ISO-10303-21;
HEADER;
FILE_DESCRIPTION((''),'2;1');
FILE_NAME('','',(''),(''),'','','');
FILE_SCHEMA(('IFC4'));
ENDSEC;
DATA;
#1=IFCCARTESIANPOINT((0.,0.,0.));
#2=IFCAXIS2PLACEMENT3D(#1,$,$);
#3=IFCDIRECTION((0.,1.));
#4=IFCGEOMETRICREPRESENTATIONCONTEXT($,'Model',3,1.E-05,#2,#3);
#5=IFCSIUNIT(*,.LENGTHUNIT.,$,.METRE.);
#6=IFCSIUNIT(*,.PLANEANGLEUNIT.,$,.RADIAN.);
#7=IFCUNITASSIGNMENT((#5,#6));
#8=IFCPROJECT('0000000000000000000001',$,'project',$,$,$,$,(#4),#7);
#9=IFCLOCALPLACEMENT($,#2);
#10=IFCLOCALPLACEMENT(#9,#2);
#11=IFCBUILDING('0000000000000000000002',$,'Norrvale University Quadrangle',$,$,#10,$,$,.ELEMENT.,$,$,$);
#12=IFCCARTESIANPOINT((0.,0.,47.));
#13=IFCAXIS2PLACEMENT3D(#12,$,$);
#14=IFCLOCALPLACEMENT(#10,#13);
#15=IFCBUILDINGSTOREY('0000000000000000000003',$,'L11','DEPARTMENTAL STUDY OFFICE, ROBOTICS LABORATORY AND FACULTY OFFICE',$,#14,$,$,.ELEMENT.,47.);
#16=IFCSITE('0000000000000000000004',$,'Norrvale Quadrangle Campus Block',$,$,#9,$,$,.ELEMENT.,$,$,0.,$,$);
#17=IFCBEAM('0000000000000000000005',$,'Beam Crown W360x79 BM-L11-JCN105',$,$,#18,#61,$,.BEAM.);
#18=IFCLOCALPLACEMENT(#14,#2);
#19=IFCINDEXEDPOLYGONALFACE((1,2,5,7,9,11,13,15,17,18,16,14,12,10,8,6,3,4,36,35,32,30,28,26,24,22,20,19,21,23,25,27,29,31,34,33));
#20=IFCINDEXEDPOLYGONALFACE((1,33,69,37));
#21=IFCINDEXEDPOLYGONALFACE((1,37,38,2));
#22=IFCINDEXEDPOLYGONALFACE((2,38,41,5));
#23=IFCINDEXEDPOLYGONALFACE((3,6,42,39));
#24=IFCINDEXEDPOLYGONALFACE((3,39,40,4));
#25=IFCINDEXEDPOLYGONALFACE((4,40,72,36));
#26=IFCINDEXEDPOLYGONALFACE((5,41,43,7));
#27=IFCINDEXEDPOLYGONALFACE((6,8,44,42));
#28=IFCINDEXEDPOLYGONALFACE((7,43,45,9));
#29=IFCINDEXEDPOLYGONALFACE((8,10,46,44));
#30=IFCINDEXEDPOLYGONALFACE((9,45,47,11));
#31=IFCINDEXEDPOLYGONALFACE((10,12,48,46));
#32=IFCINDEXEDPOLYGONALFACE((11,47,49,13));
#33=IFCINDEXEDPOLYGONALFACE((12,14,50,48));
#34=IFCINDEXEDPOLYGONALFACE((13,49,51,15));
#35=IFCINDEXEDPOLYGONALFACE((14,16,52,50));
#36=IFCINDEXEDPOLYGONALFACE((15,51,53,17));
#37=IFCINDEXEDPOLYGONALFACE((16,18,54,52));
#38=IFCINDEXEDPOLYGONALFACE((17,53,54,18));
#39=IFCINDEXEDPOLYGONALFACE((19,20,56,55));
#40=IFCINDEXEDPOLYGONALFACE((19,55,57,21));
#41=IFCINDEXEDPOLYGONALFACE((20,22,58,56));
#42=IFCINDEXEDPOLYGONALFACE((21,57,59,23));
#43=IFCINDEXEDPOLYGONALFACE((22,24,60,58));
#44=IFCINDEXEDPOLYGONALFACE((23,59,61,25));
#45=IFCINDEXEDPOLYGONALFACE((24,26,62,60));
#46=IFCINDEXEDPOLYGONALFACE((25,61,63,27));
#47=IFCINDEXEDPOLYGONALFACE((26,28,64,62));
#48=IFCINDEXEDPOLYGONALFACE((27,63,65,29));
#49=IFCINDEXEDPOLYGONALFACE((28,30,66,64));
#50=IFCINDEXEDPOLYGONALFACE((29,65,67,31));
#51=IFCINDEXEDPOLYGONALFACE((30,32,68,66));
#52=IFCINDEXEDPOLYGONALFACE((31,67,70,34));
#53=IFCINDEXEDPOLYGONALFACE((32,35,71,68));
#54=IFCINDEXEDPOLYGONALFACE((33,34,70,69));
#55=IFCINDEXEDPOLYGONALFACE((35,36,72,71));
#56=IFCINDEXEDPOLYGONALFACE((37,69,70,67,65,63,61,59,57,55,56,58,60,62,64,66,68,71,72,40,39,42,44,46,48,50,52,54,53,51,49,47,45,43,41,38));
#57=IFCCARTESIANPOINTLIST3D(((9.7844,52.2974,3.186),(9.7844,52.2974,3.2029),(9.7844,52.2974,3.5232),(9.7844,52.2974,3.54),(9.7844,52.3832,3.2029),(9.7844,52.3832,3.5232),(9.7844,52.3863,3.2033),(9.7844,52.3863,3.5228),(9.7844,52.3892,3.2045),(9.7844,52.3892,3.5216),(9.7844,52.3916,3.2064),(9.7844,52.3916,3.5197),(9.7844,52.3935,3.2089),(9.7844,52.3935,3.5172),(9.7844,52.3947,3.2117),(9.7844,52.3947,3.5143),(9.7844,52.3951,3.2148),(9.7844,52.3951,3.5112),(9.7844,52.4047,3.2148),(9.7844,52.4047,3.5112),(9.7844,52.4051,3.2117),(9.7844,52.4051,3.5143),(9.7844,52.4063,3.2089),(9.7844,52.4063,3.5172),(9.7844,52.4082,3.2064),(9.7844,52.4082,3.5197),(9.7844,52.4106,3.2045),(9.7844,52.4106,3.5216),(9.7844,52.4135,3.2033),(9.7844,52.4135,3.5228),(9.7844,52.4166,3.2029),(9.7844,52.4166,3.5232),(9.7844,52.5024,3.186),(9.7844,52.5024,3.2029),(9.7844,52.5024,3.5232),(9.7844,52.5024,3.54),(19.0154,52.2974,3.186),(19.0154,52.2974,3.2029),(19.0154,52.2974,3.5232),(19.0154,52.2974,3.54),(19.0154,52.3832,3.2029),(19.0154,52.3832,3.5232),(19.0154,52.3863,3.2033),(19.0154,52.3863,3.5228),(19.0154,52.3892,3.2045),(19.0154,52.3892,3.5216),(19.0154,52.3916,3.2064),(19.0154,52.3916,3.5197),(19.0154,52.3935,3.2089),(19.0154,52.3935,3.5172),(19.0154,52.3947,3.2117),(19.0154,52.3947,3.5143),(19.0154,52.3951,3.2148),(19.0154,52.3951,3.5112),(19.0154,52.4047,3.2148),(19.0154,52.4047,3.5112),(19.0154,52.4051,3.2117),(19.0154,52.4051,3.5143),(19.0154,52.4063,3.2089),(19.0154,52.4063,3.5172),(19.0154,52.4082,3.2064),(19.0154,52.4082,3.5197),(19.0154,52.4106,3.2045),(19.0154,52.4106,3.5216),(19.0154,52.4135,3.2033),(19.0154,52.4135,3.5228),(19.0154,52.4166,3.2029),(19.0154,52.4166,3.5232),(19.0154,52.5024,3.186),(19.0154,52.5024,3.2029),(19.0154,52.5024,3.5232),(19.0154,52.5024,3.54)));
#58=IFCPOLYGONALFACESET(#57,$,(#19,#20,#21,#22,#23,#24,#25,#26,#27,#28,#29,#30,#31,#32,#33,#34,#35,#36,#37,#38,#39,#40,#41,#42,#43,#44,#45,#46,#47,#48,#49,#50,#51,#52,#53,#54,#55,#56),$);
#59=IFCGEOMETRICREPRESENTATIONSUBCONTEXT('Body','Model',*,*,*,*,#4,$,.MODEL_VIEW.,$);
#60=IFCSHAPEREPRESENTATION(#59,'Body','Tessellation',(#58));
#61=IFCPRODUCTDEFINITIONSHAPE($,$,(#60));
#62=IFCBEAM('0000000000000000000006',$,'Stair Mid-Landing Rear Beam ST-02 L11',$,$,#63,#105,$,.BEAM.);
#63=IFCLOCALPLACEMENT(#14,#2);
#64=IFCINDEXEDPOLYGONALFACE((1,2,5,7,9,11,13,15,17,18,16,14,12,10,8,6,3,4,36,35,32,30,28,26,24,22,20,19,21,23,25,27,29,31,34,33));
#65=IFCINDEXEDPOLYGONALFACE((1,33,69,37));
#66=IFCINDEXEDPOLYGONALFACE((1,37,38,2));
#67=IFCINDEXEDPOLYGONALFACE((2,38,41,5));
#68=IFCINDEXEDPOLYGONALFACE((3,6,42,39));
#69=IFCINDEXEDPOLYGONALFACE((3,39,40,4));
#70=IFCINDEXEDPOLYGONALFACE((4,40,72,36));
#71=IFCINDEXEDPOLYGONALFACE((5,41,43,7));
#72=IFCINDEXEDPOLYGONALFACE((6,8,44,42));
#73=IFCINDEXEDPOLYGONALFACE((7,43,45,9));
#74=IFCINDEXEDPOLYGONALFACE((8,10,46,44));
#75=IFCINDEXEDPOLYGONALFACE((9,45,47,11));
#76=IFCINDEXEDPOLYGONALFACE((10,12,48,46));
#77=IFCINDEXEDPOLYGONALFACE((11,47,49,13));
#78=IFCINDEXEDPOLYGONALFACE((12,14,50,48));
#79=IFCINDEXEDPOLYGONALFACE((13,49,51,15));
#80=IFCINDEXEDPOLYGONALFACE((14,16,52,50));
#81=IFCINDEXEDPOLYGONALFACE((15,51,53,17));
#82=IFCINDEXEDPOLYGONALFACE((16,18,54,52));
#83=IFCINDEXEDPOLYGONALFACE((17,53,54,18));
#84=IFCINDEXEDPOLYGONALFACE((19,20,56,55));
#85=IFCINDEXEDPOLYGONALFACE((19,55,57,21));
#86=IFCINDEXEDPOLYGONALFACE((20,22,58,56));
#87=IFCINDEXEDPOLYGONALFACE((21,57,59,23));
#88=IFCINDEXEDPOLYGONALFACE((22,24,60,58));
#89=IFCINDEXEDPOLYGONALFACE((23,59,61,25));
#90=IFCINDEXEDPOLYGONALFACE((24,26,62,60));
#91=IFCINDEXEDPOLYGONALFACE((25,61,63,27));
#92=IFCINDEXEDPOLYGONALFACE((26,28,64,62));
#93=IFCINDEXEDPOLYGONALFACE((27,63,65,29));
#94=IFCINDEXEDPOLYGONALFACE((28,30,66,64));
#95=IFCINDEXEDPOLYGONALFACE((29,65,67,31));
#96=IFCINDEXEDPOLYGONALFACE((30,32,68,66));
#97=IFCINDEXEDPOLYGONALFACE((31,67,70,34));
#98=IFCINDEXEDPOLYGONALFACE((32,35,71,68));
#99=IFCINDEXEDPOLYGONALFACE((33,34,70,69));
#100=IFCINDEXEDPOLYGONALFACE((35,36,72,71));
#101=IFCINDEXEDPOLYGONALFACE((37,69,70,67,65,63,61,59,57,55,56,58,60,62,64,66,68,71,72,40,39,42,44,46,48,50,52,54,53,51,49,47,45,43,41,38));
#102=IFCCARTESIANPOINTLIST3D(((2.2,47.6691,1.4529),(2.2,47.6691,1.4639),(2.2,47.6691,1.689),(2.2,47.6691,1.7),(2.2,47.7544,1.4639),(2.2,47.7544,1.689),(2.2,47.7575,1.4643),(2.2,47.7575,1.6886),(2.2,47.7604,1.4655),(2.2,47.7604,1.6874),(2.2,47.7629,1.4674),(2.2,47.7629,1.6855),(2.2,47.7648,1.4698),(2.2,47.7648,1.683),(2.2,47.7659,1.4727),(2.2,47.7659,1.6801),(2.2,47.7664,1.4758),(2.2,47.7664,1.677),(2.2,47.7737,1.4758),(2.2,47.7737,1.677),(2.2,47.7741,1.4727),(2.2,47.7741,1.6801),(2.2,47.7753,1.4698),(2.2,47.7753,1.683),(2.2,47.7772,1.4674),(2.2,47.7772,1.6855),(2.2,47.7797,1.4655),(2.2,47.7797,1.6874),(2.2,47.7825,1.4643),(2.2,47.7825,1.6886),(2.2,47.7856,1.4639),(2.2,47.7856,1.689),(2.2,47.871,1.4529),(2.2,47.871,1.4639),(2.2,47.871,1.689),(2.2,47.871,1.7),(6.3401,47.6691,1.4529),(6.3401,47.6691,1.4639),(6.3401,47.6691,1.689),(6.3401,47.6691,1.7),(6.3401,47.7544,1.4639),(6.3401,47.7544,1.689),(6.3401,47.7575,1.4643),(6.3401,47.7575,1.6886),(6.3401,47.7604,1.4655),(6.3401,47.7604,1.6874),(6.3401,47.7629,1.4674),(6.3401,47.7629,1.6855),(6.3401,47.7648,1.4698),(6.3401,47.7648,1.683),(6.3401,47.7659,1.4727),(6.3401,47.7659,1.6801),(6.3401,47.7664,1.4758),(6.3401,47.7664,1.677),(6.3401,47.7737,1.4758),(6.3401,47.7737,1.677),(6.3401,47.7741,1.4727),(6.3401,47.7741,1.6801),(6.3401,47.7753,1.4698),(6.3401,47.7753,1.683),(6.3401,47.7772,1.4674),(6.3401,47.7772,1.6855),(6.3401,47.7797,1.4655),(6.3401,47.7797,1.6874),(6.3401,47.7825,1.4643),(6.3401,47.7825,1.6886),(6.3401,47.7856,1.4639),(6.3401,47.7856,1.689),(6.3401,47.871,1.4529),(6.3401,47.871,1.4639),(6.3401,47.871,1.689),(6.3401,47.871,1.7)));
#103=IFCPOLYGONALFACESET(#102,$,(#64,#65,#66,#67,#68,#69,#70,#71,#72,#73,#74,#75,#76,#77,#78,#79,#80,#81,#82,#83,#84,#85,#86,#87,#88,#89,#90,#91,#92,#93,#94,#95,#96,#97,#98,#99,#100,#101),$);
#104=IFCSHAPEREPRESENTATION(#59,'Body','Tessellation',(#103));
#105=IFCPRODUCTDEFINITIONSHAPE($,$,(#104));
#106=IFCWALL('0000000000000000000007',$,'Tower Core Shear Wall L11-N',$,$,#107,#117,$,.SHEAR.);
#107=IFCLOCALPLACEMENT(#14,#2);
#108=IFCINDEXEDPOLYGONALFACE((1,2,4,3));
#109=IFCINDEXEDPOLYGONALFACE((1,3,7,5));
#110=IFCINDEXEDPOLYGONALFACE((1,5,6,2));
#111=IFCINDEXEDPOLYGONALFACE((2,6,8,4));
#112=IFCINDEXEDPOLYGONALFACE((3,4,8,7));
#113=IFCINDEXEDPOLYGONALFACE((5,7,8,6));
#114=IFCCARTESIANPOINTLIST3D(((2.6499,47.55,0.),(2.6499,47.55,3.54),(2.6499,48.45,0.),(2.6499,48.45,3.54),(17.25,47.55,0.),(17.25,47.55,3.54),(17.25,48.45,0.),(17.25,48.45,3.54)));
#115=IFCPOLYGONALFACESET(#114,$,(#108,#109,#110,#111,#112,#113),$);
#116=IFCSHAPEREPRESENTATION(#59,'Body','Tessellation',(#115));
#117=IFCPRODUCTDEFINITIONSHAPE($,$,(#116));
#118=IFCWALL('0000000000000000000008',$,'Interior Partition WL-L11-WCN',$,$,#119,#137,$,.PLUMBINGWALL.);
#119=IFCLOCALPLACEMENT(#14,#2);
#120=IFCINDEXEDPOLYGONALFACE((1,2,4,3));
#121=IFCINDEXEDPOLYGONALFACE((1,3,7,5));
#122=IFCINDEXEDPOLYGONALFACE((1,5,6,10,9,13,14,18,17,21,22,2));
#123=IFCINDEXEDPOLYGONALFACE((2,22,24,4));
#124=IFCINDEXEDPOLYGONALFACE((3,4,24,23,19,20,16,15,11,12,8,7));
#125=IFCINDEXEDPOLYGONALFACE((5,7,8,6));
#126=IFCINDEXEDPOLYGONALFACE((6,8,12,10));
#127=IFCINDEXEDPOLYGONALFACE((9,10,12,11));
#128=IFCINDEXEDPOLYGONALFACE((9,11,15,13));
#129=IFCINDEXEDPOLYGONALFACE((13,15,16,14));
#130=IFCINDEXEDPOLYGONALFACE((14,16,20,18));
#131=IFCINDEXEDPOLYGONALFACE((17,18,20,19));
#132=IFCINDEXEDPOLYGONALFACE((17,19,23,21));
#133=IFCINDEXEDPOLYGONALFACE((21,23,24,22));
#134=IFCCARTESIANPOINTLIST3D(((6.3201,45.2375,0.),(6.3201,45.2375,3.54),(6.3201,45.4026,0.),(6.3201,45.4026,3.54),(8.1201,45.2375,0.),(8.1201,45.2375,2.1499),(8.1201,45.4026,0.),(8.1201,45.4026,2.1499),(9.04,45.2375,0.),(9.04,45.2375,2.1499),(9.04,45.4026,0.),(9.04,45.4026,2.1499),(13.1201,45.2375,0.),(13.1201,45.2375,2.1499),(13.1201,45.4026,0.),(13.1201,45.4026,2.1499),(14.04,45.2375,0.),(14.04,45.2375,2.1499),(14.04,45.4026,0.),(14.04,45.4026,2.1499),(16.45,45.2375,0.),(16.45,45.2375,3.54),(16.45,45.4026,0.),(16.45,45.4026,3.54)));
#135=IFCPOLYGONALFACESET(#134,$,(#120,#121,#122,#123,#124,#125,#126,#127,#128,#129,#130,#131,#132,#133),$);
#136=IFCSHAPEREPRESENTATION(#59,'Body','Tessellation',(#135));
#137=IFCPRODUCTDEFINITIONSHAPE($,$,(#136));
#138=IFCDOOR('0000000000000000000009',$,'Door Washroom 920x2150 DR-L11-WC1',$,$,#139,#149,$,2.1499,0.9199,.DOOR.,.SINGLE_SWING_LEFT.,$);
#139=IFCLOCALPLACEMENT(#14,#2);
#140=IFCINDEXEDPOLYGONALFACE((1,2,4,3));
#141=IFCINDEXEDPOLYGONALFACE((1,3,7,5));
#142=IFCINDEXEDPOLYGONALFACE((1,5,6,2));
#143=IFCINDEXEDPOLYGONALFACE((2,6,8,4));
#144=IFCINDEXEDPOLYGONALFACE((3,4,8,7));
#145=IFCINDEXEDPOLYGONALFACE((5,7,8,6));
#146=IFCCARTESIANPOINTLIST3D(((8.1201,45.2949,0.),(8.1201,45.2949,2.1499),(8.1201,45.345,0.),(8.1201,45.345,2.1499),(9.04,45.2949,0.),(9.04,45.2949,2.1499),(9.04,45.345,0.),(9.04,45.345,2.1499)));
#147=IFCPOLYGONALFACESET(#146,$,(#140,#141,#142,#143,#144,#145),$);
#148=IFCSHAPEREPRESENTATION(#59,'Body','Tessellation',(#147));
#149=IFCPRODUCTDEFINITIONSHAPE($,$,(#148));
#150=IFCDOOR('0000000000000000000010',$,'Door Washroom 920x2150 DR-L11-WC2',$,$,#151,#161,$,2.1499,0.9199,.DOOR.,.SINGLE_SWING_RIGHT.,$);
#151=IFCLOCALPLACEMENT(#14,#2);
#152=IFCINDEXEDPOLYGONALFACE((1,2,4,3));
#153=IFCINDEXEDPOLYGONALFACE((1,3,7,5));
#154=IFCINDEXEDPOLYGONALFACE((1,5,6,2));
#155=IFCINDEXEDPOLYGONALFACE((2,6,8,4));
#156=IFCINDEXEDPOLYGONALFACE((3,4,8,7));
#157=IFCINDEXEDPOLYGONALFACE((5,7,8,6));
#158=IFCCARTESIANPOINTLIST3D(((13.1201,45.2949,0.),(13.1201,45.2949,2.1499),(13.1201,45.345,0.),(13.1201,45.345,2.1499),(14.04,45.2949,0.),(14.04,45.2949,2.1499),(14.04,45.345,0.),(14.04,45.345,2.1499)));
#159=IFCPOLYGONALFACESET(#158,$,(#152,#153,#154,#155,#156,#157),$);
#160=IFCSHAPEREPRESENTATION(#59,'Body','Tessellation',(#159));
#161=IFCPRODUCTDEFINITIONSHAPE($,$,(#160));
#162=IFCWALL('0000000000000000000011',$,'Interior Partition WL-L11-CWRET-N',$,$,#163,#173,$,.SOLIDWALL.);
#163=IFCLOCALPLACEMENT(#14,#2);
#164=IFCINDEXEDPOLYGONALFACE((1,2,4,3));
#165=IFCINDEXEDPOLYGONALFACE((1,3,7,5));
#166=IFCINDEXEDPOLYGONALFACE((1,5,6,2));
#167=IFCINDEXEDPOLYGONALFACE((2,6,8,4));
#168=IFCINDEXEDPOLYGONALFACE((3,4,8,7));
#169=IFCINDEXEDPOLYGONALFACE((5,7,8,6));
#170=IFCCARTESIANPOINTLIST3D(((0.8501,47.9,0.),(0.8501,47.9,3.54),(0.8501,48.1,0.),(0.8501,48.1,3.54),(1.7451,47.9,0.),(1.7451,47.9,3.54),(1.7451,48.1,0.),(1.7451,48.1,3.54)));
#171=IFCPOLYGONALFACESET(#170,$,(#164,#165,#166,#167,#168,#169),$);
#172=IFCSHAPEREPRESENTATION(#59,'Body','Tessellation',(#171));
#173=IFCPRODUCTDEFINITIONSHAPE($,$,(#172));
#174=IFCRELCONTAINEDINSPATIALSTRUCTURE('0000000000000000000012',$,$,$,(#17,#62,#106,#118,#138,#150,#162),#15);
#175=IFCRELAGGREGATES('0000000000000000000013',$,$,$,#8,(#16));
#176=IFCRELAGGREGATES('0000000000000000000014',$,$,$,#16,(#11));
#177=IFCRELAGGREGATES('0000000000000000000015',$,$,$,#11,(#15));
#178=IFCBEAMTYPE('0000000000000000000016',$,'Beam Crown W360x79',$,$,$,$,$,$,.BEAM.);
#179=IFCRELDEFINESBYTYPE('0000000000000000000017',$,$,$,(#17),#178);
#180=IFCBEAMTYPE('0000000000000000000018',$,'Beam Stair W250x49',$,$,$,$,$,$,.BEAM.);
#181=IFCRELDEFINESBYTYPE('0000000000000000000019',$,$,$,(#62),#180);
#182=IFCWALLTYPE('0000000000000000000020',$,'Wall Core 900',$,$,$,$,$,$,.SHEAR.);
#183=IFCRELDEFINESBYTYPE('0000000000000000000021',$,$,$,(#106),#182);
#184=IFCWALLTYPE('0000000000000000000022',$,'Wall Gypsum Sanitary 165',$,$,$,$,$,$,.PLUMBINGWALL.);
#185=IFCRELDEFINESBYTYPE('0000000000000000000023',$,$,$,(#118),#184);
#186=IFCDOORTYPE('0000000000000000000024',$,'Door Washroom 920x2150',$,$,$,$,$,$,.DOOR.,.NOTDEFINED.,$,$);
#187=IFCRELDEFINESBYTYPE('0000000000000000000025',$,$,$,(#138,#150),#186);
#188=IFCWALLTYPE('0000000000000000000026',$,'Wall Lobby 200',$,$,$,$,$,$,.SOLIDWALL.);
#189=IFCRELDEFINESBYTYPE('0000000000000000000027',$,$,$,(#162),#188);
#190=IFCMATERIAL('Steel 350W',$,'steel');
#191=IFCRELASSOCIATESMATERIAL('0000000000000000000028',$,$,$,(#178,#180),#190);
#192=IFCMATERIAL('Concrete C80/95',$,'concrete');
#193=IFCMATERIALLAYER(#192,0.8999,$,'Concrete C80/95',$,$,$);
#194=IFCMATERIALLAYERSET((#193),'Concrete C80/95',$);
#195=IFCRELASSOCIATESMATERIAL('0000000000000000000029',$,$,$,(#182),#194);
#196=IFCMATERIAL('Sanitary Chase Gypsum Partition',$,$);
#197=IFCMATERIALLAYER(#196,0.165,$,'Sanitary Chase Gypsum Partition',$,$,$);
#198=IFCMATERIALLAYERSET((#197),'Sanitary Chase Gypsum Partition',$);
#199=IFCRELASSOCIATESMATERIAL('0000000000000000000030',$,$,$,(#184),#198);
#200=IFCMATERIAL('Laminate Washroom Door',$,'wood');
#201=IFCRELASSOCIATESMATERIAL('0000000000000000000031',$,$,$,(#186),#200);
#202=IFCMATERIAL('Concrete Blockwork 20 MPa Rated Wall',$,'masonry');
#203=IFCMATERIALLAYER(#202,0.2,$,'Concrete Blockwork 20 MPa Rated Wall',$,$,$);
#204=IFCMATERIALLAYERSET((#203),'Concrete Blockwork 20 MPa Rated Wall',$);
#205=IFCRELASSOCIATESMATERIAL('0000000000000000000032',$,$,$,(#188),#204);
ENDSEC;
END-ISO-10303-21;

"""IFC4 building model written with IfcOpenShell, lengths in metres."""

from ifc_helpers import new_model, si_unit, direction, frame, frame_2d, origin, origin_2d, place, context, subcontext, project, spatial, rectangle, i_section, extrude, material, layer, layer_set, material_profile, profile_set, type_object, element, fill, save


model = new_model("IFC4")

# Units and contexts
model_context = context("Model", 3, precision=1e-05, world=origin(), true_north=direction((0.0, 1.0)))
body_context = subcontext(model_context, "Body", "Model", "MODEL_VIEW")
ifc_project = project(units=[si_unit("LENGTHUNIT", "METRE"), si_unit("PLANEANGLEUNIT", "RADIAN")], contexts=[model_context])

# Site, building, storey
site_placement = place(None, origin())
site = spatial("IfcSite", under=ifc_project, at=site_placement, Name="Norrvale Quadrangle Campus Block", CompositionType="ELEMENT", RefElevation=0.0)
building_placement = place(site_placement, origin())
building = spatial("IfcBuilding", under=site, at=building_placement, Name="Norrvale University Quadrangle", CompositionType="ELEMENT")
storey_placement = place(building_placement, frame((0.0, 0.0, 47.0)))
storey = spatial("IfcBuildingStorey", under=building, at=storey_placement, Name="L11", Description="DEPARTMENTAL STUDY OFFICE, ROBOTICS LABORATORY AND FACULTY OFFICE", CompositionType="ELEMENT", Elevation=47.0)

# Shared definitions
ifc_material_1 = material(Name="Concrete C80/95", Category="concrete")

# Beams
ifc_material_2 = material(Name="Steel 350W", Category="steel")
ifc_material_profile_1 = material_profile(ifc_material_2, i_section(OverallWidth=0.2051, OverallDepth=0.354, WebThickness=0.0095, FlangeThickness=0.0168, FilletRadius=0.012, at=origin_2d()), Name="Steel 350W")
ifc_profile_set_1 = profile_set([ifc_material_profile_1], Name="Steel 350W")
beam_type_1 = type_object("IfcBeamType", Name="Beam Crown W360x79", PredefinedType="BEAM", material=ifc_profile_set_1)
beam_1_placement = place(storey_placement, frame((9.7844, 52.3999, 3.363), z_axis=(1.0, 0.0, 0.0), x_axis=(0.0, 1.0, 0.0)))
element("IfcBeam", 1, at=beam_1_placement, inside=storey, type_object=beam_type_1, Name="Beam Crown W360x79 BM-L11-JCN105", PredefinedType="BEAM", context=body_context, shape_type="SweptSolid", body=[
    extrude(i_section(OverallWidth=0.2051, OverallDepth=0.354, WebThickness=0.0095, FlangeThickness=0.0168, FilletRadius=0.012, at=origin_2d()), origin(), (0.0, 0.0, 1.0), 9.231),
])
ifc_material_profile_2 = material_profile(ifc_material_2, i_section(OverallWidth=0.2019, OverallDepth=0.2471, WebThickness=0.0073, FlangeThickness=0.011, FilletRadius=0.012, at=origin_2d()), Name="Steel 350W")
ifc_profile_set_2 = profile_set([ifc_material_profile_2], Name="Steel 350W")
beam_type_2 = type_object("IfcBeamType", Name="Beam Stair W250x49", PredefinedType="BEAM", material=ifc_profile_set_2)
beam_2_placement = place(storey_placement, frame((2.2, 47.77, 1.5764), z_axis=(1.0, 0.0, 0.0), x_axis=(0.0, 1.0, 0.0)))
element("IfcBeam", 2, at=beam_2_placement, inside=storey, type_object=beam_type_2, Name="Stair Mid-Landing Rear Beam ST-02 L11", PredefinedType="BEAM", context=body_context, shape_type="SweptSolid", body=[
    extrude(i_section(OverallWidth=0.2019, OverallDepth=0.2471, WebThickness=0.0073, FlangeThickness=0.011, FilletRadius=0.012, at=origin_2d()), origin(), (0.0, 0.0, 1.0), 4.1401),
])

# Wall
ifc_layer_1 = layer(ifc_material_1, 0.8999, Name="Concrete C80/95")
ifc_layer_set_1 = layer_set([ifc_layer_1], Name="Concrete C80/95")
wall_type_1 = type_object("IfcWallType", Name="Wall Core 900", PredefinedType="SHEAR", material=ifc_layer_set_1)
wall_1_placement = place(storey_placement, frame((2.6499, 48.0, 0.0), z_axis=(0.0, 0.0, 1.0), x_axis=(1.0, 0.0, 0.0)))
element("IfcWall", 3, at=wall_1_placement, inside=storey, type_object=wall_type_1, Name="Tower Core Shear Wall L11-N", PredefinedType="SHEAR", context=body_context, shape_type="SweptSolid", body=[
    extrude(rectangle(XDim=14.6001, YDim=0.8999, at=frame_2d((7.3, 0.0))), origin(), (0.0, 0.0, 1.0), 3.54),
])

# Wall, openings, doors
ifc_material_3 = material(Name="Sanitary Chase Gypsum Partition")
ifc_layer_2 = layer(ifc_material_3, 0.165, Name="Sanitary Chase Gypsum Partition")
ifc_layer_set_2 = layer_set([ifc_layer_2], Name="Sanitary Chase Gypsum Partition")
wall_type_2 = type_object("IfcWallType", Name="Wall Gypsum Sanitary 165", PredefinedType="PLUMBINGWALL", material=ifc_layer_set_2)
wall_2_placement = place(storey_placement, frame((6.3201, 45.3201, 0.0), z_axis=(0.0, 0.0, 1.0), x_axis=(1.0, 0.0, 0.0)))
wall_2 = element("IfcWall", 4, at=wall_2_placement, inside=storey, type_object=wall_type_2, Name="Interior Partition WL-L11-WCN", PredefinedType="PLUMBINGWALL", context=body_context, shape_type="SweptSolid", body=[
    extrude(rectangle(XDim=10.1299, YDim=0.165, at=frame_2d((5.0649, 0.0))), origin(), (0.0, 0.0, 1.0), 3.54),
])
opening_1_placement = place(wall_2_placement, frame((1.8, 0.0, 0.0)))
opening_1 = element("IfcOpeningElement", 5, at=opening_1_placement, cuts=wall_2, PredefinedType="OPENING", context=body_context, shape_type="SweptSolid", body=[
    extrude(rectangle(XDim=0.9199, YDim=2.1499, at=frame_2d((0.46, 1.075))), frame((0.0, 0.0945, 0.0), z_axis=(0.0, -1.0, 0.0), x_axis=(1.0, 0.0, 0.0)), (0.0, 0.0, 1.0), 0.189),
])
opening_2_placement = place(wall_2_placement, frame((6.8, 0.0, 0.0)))
opening_2 = element("IfcOpeningElement", 6, at=opening_2_placement, cuts=wall_2, PredefinedType="OPENING", context=body_context, shape_type="SweptSolid", body=[
    extrude(rectangle(XDim=0.9199, YDim=2.1499, at=frame_2d((0.46, 1.075))), frame((0.0, 0.0945, 0.0), z_axis=(0.0, -1.0, 0.0), x_axis=(1.0, 0.0, 0.0)), (0.0, 0.0, 1.0), 0.189),
])
ifc_material_4 = material(Name="Laminate Washroom Door", Category="wood")
door_type = type_object("IfcDoorType", Name="Door Washroom 920x2150", OperationType="NOTDEFINED", PredefinedType="DOOR", material=ifc_material_4)
door_1_placement = place(opening_1_placement, origin())
door_1 = element("IfcDoor", 7, at=door_1_placement, inside=storey, type_object=door_type, Name="Door Washroom 920x2150 DR-L11-WC1", OperationType="SINGLE_SWING_LEFT", OverallHeight=2.1499, OverallWidth=0.9199, PredefinedType="DOOR", context=body_context, shape_type="SweptSolid", body=[
    extrude(rectangle(XDim=0.9199, YDim=2.1499, at=frame_2d((0.46, 1.075))), frame((0.0, 0.0249, 0.0), z_axis=(0.0, -1.0, 0.0), x_axis=(1.0, 0.0, 0.0)), (0.0, 0.0, 1.0), 0.05),
])
fill(opening_1, door_1)
door_2_placement = place(opening_2_placement, origin())
door_2 = element("IfcDoor", 8, at=door_2_placement, inside=storey, type_object=door_type, Name="Door Washroom 920x2150 DR-L11-WC2", OperationType="SINGLE_SWING_RIGHT", OverallHeight=2.1499, OverallWidth=0.9199, PredefinedType="DOOR", context=body_context, shape_type="SweptSolid", body=[
    extrude(rectangle(XDim=0.9199, YDim=2.1499, at=frame_2d((0.46, 1.075))), frame((0.0, 0.0249, 0.0), z_axis=(0.0, -1.0, 0.0), x_axis=(1.0, 0.0, 0.0)), (0.0, 0.0, 1.0), 0.05),
])
fill(opening_2, door_2)

# Wall
ifc_material_5 = material(Name="Concrete Blockwork 20 MPa Rated Wall", Category="masonry")
ifc_layer_3 = layer(ifc_material_5, 0.2, Name="Concrete Blockwork 20 MPa Rated Wall")
ifc_layer_set_3 = layer_set([ifc_layer_3], Name="Concrete Blockwork 20 MPa Rated Wall")
wall_type_3 = type_object("IfcWallType", Name="Wall Lobby 200", PredefinedType="SOLIDWALL", material=ifc_layer_set_3)
wall_3_placement = place(storey_placement, frame((0.8501, 48.0, 0.0), z_axis=(0.0, 0.0, 1.0), x_axis=(1.0, 0.0, 0.0)))
element("IfcWall", 9, at=wall_3_placement, inside=storey, type_object=wall_type_3, Name="Interior Partition WL-L11-CWRET-N", PredefinedType="SOLIDWALL", context=body_context, shape_type="SweptSolid", body=[
    extrude(rectangle(XDim=0.895, YDim=0.2, at=frame_2d((0.4475, 0.0))), origin(), (0.0, 0.0, 1.0), 3.54),
])

save(model, "model.ifc")
